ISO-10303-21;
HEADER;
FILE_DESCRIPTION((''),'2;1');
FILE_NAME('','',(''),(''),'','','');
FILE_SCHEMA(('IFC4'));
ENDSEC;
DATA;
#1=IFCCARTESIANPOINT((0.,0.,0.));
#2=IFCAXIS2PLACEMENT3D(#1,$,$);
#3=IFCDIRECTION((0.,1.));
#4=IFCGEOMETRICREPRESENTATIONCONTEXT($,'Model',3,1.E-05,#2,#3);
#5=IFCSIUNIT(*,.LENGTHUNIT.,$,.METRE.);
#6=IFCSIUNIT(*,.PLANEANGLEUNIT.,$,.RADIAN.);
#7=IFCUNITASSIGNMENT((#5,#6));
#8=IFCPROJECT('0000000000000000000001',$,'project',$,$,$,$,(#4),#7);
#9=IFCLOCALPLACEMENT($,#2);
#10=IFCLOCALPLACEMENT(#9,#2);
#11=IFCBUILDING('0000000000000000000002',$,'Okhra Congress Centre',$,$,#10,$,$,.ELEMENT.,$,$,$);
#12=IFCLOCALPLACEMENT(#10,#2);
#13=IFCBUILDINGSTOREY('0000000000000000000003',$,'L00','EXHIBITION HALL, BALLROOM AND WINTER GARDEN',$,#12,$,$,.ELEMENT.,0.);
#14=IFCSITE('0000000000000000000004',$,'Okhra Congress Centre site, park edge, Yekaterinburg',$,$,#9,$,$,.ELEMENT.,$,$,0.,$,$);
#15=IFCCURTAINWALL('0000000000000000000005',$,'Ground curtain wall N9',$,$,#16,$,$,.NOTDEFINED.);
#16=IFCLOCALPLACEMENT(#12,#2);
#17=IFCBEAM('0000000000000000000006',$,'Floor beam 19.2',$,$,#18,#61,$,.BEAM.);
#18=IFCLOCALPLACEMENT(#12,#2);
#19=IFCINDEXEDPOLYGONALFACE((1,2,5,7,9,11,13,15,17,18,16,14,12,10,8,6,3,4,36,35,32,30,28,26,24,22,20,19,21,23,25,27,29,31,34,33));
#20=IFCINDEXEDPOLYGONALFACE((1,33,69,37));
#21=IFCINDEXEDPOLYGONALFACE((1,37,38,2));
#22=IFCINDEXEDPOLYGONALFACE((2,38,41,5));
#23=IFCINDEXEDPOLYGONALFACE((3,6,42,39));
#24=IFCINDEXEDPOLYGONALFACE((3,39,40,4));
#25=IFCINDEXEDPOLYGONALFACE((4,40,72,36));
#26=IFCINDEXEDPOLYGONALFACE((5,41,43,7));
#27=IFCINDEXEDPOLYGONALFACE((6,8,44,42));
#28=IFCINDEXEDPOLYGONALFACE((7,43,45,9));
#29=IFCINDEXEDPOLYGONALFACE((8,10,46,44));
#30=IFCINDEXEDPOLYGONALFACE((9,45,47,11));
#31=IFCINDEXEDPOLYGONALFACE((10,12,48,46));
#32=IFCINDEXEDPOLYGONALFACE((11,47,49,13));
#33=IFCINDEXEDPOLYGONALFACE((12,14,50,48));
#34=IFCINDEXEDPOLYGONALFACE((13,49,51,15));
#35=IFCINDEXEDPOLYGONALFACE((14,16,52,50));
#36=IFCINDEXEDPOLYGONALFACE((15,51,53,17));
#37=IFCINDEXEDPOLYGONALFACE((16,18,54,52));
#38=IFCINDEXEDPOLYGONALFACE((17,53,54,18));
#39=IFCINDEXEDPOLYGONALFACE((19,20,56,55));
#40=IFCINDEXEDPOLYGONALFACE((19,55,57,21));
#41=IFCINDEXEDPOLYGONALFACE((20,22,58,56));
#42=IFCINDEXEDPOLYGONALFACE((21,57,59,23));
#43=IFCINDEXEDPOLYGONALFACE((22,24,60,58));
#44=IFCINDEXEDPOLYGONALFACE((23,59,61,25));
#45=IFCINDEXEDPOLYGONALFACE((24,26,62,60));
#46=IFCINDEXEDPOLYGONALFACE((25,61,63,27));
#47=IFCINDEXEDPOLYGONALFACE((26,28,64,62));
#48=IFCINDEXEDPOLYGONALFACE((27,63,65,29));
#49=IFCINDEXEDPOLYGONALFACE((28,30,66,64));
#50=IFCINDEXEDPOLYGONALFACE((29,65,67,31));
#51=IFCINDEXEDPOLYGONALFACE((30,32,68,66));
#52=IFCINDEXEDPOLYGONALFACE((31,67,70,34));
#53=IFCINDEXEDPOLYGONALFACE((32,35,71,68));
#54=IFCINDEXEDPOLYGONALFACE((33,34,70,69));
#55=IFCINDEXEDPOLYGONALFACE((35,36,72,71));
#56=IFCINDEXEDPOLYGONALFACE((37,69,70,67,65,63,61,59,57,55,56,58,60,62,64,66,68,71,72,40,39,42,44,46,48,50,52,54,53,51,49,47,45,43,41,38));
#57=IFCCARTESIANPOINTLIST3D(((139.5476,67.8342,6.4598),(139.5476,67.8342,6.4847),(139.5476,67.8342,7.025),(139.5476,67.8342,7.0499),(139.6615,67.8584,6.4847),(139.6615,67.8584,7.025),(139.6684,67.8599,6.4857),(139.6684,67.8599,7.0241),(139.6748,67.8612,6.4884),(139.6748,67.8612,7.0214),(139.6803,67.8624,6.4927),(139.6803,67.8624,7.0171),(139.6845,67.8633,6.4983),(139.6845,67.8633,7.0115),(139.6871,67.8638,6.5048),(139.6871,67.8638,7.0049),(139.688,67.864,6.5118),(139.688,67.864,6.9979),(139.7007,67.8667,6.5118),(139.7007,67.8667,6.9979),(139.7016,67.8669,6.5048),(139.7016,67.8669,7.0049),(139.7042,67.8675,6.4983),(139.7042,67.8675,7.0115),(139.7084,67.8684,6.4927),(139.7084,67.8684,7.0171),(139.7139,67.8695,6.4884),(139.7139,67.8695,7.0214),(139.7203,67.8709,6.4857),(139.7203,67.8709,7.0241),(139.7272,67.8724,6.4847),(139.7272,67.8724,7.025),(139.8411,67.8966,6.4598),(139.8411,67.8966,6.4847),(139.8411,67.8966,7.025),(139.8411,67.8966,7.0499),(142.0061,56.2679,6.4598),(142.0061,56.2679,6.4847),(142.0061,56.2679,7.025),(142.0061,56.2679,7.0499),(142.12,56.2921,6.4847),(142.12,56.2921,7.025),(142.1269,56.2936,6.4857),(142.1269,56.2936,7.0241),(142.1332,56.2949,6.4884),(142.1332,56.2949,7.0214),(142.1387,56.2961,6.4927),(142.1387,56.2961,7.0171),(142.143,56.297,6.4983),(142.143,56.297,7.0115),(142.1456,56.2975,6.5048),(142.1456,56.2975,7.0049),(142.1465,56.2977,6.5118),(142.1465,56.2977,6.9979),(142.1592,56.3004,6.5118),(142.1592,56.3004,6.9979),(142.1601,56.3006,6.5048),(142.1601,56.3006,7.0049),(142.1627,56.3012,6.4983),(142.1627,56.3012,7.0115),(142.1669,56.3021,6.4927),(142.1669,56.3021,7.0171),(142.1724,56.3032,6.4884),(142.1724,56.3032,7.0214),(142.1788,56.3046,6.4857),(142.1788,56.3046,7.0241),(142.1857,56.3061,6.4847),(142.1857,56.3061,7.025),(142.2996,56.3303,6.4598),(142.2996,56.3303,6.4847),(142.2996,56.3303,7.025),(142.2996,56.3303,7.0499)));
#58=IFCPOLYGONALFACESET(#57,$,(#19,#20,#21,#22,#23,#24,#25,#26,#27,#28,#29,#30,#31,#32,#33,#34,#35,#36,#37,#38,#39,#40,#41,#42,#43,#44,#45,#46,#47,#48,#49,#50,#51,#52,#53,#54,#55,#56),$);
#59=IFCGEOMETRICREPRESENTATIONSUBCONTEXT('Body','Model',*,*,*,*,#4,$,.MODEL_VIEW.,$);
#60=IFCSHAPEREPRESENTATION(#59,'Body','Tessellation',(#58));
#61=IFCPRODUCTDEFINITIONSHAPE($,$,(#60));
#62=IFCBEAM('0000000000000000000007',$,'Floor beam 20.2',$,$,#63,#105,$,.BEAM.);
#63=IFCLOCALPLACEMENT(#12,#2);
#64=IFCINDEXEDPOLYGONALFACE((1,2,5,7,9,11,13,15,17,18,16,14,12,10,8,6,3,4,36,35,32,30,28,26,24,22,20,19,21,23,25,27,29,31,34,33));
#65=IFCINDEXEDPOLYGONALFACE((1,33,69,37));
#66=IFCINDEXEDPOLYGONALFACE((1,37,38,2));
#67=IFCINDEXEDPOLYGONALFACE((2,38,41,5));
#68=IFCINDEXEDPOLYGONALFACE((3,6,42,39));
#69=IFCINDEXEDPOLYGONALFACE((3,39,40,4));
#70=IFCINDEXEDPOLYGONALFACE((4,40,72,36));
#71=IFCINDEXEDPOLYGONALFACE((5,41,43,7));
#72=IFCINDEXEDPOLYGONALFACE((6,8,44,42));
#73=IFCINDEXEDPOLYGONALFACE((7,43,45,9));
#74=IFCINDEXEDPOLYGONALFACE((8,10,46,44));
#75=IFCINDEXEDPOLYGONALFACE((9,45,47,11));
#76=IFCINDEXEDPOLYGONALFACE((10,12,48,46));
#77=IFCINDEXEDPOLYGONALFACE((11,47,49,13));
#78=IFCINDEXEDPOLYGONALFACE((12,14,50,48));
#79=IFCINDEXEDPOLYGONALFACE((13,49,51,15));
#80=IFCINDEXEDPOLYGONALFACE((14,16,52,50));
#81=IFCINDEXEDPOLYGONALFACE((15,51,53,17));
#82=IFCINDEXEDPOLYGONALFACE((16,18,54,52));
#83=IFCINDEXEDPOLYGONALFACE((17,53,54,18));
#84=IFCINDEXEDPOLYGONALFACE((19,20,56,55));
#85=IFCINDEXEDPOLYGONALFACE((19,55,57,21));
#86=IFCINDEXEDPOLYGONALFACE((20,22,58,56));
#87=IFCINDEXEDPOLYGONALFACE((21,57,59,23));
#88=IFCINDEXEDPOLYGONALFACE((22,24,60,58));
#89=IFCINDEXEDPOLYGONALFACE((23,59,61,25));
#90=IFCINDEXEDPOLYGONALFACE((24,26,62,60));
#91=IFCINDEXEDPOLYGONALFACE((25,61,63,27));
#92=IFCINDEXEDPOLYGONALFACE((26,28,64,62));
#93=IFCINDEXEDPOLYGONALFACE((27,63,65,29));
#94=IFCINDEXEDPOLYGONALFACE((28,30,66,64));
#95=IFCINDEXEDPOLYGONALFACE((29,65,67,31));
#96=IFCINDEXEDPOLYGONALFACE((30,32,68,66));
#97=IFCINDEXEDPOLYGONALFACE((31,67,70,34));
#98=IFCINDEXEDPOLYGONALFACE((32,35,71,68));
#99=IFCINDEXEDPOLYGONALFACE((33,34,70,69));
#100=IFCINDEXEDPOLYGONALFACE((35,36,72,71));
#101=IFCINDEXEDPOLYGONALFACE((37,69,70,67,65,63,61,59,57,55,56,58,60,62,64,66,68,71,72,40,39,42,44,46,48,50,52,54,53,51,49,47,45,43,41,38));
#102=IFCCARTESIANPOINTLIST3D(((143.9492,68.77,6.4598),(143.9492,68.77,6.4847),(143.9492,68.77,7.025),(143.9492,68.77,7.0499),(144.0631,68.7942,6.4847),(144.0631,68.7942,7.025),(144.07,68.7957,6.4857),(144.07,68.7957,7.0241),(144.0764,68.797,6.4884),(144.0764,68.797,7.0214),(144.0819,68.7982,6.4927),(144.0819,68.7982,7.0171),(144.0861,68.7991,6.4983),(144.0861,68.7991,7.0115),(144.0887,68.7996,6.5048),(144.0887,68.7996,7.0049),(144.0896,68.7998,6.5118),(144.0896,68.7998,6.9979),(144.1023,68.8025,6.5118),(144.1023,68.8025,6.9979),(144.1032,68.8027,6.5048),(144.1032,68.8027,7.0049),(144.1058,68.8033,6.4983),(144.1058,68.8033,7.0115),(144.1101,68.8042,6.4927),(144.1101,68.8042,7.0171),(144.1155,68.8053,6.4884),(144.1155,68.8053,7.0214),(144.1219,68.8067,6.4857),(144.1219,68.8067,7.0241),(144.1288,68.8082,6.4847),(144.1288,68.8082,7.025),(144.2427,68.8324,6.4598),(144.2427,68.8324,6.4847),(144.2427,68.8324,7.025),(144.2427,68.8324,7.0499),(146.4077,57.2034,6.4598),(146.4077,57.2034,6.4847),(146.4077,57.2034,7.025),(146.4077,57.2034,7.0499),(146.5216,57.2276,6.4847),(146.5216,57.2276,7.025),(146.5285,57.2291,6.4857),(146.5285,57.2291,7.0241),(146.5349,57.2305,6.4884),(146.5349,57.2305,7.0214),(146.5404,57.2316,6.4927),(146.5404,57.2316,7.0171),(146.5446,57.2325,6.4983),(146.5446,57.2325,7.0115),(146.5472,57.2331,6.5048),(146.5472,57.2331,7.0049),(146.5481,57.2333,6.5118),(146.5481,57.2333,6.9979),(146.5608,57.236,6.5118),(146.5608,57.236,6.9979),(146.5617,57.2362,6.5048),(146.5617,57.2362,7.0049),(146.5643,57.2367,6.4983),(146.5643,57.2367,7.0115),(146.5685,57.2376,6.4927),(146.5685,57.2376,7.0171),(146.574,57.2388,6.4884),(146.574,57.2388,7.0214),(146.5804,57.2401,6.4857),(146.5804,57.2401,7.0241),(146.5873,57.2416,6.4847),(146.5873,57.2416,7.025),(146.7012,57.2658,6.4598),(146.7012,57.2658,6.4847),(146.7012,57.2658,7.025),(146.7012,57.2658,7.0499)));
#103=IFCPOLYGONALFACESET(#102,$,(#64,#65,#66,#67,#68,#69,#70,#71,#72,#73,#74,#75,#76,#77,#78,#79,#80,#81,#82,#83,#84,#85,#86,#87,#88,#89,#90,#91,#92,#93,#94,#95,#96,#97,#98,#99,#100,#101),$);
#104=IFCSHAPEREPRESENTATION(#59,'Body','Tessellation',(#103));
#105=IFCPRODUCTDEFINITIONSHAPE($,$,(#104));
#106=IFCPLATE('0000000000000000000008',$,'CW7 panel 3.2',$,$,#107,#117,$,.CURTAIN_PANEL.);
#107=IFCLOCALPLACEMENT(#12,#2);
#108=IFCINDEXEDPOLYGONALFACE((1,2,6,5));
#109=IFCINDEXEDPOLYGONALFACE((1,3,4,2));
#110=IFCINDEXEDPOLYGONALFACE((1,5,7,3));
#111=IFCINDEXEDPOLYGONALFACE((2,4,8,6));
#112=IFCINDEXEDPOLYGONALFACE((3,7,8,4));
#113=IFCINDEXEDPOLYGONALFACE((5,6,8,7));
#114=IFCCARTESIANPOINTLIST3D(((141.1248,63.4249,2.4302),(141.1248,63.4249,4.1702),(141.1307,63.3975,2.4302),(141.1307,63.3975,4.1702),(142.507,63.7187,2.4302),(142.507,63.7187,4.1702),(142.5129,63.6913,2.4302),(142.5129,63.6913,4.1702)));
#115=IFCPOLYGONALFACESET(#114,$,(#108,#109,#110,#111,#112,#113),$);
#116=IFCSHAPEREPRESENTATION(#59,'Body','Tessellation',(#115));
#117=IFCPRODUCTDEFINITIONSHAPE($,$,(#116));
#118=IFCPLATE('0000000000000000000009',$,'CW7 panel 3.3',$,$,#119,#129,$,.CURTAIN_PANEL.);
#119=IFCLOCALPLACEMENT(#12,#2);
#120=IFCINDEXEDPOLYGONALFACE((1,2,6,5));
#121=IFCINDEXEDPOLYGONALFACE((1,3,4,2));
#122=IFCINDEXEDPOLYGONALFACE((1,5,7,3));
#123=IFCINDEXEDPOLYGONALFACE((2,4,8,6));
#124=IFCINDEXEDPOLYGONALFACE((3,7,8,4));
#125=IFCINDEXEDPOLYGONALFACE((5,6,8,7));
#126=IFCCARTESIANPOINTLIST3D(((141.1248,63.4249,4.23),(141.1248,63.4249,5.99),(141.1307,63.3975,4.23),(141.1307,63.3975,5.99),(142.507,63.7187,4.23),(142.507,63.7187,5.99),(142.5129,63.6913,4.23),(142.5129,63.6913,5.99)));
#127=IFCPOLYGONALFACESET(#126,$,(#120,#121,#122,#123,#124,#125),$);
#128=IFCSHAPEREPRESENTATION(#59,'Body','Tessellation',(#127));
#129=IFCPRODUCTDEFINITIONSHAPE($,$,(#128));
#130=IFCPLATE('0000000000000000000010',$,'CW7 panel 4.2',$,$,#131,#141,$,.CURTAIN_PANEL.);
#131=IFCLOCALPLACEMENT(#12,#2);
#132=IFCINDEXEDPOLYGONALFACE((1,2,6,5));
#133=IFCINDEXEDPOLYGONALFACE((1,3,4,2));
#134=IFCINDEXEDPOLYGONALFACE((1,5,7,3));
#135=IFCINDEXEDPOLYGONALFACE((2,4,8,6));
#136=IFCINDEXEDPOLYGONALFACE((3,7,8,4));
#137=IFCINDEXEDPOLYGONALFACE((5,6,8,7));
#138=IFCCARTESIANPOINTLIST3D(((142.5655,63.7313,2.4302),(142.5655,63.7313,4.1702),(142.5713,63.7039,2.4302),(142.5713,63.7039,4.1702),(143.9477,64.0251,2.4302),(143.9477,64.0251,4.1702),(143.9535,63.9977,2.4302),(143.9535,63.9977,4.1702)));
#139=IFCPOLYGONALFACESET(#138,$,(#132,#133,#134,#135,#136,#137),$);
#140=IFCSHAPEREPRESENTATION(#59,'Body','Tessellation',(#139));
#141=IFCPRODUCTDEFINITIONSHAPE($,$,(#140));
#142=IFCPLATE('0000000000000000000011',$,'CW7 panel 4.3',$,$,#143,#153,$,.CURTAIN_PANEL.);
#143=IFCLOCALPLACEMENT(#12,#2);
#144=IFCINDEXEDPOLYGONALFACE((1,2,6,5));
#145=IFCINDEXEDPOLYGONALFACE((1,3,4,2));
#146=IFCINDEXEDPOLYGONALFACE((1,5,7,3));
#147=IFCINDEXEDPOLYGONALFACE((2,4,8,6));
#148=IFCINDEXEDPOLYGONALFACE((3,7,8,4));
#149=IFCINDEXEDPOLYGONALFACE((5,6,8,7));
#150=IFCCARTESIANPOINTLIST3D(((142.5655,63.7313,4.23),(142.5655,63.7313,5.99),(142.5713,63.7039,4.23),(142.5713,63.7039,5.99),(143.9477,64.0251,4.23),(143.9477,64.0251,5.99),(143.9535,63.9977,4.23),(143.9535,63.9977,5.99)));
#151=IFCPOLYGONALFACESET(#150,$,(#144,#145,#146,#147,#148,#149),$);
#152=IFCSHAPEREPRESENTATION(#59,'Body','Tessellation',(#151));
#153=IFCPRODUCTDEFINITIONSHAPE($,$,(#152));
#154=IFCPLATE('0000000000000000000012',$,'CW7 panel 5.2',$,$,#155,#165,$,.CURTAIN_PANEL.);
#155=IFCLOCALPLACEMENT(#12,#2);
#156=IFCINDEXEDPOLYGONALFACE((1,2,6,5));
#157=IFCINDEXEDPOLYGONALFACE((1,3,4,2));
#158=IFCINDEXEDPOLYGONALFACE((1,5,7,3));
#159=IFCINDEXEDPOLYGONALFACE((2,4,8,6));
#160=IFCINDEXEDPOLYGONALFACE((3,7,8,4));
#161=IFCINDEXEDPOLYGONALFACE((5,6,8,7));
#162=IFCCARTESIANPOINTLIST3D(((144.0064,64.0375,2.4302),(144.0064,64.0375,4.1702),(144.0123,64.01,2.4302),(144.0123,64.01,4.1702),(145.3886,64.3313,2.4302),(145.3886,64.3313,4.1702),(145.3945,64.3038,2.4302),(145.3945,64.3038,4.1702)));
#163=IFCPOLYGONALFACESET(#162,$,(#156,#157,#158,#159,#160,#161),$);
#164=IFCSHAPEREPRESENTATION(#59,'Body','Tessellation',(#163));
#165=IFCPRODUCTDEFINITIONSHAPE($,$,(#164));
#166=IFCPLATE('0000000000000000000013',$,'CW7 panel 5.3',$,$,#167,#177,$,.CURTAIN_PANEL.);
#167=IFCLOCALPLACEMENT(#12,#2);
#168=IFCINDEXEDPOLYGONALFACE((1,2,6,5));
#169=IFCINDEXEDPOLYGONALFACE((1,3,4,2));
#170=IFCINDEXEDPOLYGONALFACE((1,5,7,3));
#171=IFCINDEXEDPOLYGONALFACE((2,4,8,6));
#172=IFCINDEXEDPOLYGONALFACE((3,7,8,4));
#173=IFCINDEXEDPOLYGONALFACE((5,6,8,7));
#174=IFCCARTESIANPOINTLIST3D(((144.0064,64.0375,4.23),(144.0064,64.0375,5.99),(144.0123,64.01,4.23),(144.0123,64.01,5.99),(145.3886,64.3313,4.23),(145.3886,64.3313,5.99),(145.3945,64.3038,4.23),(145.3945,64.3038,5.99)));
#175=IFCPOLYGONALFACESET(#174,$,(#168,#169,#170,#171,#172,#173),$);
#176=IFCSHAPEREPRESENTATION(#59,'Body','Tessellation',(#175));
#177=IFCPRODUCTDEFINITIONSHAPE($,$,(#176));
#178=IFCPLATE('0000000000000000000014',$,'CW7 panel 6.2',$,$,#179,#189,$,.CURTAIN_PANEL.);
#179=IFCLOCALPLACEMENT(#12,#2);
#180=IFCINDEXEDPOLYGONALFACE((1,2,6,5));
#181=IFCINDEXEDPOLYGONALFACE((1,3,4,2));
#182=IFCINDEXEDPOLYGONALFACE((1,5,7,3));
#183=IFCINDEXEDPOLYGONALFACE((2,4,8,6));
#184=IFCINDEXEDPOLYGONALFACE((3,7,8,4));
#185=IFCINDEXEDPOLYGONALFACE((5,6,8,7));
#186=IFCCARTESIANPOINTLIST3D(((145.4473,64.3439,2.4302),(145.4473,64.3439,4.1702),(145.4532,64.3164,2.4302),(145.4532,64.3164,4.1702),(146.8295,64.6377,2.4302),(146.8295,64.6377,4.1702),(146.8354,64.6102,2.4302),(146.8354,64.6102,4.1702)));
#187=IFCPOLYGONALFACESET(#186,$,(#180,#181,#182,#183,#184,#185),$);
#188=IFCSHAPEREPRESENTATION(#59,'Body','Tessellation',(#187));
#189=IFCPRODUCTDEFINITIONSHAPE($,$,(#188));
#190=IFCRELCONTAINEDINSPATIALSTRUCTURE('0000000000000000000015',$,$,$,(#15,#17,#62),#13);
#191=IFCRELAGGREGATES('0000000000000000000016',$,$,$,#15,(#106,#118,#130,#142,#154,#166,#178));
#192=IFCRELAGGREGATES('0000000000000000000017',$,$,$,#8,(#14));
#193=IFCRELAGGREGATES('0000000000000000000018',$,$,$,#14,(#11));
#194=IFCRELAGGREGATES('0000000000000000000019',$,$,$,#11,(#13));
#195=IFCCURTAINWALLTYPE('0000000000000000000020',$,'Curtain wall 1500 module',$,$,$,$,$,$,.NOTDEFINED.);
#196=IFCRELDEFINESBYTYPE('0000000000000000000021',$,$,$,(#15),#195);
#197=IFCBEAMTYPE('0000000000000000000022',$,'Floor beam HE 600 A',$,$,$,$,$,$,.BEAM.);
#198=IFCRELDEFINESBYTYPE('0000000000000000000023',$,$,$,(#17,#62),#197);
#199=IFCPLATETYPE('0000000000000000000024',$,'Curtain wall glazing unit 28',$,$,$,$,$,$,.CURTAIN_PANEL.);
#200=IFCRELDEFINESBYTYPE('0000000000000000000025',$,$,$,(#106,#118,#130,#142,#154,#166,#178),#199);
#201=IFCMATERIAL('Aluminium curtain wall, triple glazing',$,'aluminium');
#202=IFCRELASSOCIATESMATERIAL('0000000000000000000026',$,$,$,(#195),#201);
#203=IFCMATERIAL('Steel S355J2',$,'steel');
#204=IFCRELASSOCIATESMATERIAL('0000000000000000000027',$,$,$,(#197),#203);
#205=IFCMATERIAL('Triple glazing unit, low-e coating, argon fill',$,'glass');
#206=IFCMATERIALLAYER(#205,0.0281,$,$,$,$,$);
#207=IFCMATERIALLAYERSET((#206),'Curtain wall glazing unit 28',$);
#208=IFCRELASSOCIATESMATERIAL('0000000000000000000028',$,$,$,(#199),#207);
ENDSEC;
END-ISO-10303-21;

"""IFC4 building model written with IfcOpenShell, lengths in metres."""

from ifc_helpers import new_model, si_unit, direction, frame, origin, origin_2d, place, context, subcontext, project, spatial, rectangle, i_section, extrude, material, layer, layer_set, material_profile, profile_set, type_object, element, aggregate, save


model = new_model("IFC4")

# Units and contexts
model_context = context("Model", 3, precision=1e-05, world=origin(), true_north=direction((0.0, 1.0)))
body_context = subcontext(model_context, "Body", "Model", "MODEL_VIEW")
ifc_project = project(units=[si_unit("LENGTHUNIT", "METRE"), si_unit("PLANEANGLEUNIT", "RADIAN")], contexts=[model_context])

# Site, building, storey
site_placement = place(None, origin())
site = spatial("IfcSite", under=ifc_project, at=site_placement, Name="Okhra Congress Centre site, park edge, Yekaterinburg", CompositionType="ELEMENT", RefElevation=0.0)
building_placement = place(site_placement, origin())
building = spatial("IfcBuilding", under=site, at=building_placement, Name="Okhra Congress Centre", CompositionType="ELEMENT")
storey_placement = place(building_placement, origin())
storey = spatial("IfcBuildingStorey", under=building, at=storey_placement, Name="L00", Description="EXHIBITION HALL, BALLROOM AND WINTER GARDEN", CompositionType="ELEMENT", Elevation=0.0)

# Curtain wall
ifc_material_1 = material(Name="Aluminium curtain wall, triple glazing", Category="aluminium")
curtain_wall_type = type_object("IfcCurtainWallType", Name="Curtain wall 1500 module", PredefinedType="NOTDEFINED", material=ifc_material_1)
curtain_wall_placement = place(storey_placement, origin())
curtain_wall = element("IfcCurtainWall", 1, at=curtain_wall_placement, inside=storey, type_object=curtain_wall_type, Name="Ground curtain wall N9", PredefinedType="NOTDEFINED")

# Beams
ifc_material_2 = material(Name="Steel S355J2", Category="steel")
ifc_material_profile_1 = material_profile(ifc_material_2, i_section(OverallWidth=0.3, OverallDepth=0.5901, WebThickness=0.0129, FlangeThickness=0.0249, FilletRadius=0.0271, at=origin_2d()), Name="HE 600 A")
ifc_profile_set_1 = profile_set([ifc_material_profile_1], Name="Steel S355J2")
beam_type = type_object("IfcBeamType", Name="Floor beam HE 600 A", PredefinedType="BEAM", material=ifc_profile_set_1)
beam_1_placement = place(storey_placement, frame((142.1528, 56.2991, 6.7549), z_axis=(-0.20791, 0.978148, 0.0), x_axis=(-0.978148, -0.20791, 0.0)))
element("IfcBeam", 2, at=beam_1_placement, inside=storey, type_object=beam_type, Name="Floor beam 19.2", PredefinedType="BEAM", context=body_context, shape_type="SweptSolid", body=[
    extrude(i_section(OverallWidth=0.3, OverallDepth=0.5901, WebThickness=0.0129, FlangeThickness=0.0249, FilletRadius=0.0271, at=origin_2d()), origin(), (0.0, 0.0, 1.0), 11.8247),
])
beam_2_placement = place(storey_placement, frame((146.5544, 57.2346, 6.7549), z_axis=(-0.207906, 0.978149, 0.0), x_axis=(-0.978149, -0.207906, 0.0)))
element("IfcBeam", 3, at=beam_2_placement, inside=storey, type_object=beam_type, Name="Floor beam 20.2", PredefinedType="BEAM", context=body_context, shape_type="SweptSolid", body=[
    extrude(i_section(OverallWidth=0.3, OverallDepth=0.5901, WebThickness=0.0129, FlangeThickness=0.0249, FilletRadius=0.0271, at=origin_2d()), origin(), (0.0, 0.0, 1.0), 11.825),
])

# Plates
ifc_material_3 = material(Name="Triple glazing unit, low-e coating, argon fill", Category="glass")
ifc_layer_1 = layer(ifc_material_3, 0.0281)
ifc_layer_set_1 = layer_set([ifc_layer_1], Name="Curtain wall glazing unit 28")
plate_type = type_object("IfcPlateType", Name="Curtain wall glazing unit 28", PredefinedType="CURTAIN_PANEL", material=ifc_layer_set_1)
plate_1_placement = place(storey_placement, frame((141.8188, 63.5581, 2.4302), z_axis=(0.0, 0.0, 1.0), x_axis=(0.978148, 0.207912, 0.0)))
plate_1 = element("IfcPlate", 4, at=plate_1_placement, type_object=plate_type, Name="CW7 panel 3.2", PredefinedType="CURTAIN_PANEL", context=body_context, shape_type="SweptSolid", body=[
    extrude(rectangle(XDim=1.4131, YDim=0.0281, at=origin_2d()), origin(), (0.0, 0.0, 1.0), 1.74),
])
plate_2_placement = place(storey_placement, frame((141.8188, 63.5581, 4.23), z_axis=(0.0, 0.0, 1.0), x_axis=(0.978148, 0.207912, 0.0)))
plate_2 = element("IfcPlate", 5, at=plate_2_placement, type_object=plate_type, Name="CW7 panel 3.3", PredefinedType="CURTAIN_PANEL", context=body_context, shape_type="SweptSolid", body=[
    extrude(rectangle(XDim=1.4131, YDim=0.0281, at=origin_2d()), origin(), (0.0, 0.0, 1.0), 1.76),
])
plate_3_placement = place(storey_placement, frame((143.2595, 63.8645, 2.4302), z_axis=(0.0, 0.0, 1.0), x_axis=(0.978148, 0.207912, 0.0)))
plate_3 = element("IfcPlate", 6, at=plate_3_placement, type_object=plate_type, Name="CW7 panel 4.2", PredefinedType="CURTAIN_PANEL", context=body_context, shape_type="SweptSolid", body=[
    extrude(rectangle(XDim=1.4131, YDim=0.0281, at=origin_2d()), origin(), (0.0, 0.0, 1.0), 1.74),
])
plate_4_placement = place(storey_placement, frame((143.2595, 63.8645, 4.23), z_axis=(0.0, 0.0, 1.0), x_axis=(0.978148, 0.207912, 0.0)))
plate_4 = element("IfcPlate", 7, at=plate_4_placement, type_object=plate_type, Name="CW7 panel 4.3", PredefinedType="CURTAIN_PANEL", context=body_context, shape_type="SweptSolid", body=[
    extrude(rectangle(XDim=1.4131, YDim=0.0281, at=origin_2d()), origin(), (0.0, 0.0, 1.0), 1.76),
])
plate_5_placement = place(storey_placement, frame((144.7004, 64.1707, 2.4302), z_axis=(0.0, 0.0, 1.0), x_axis=(0.978148, 0.207912, 0.0)))
plate_5 = element("IfcPlate", 8, at=plate_5_placement, type_object=plate_type, Name="CW7 panel 5.2", PredefinedType="CURTAIN_PANEL", context=body_context, shape_type="SweptSolid", body=[
    extrude(rectangle(XDim=1.4131, YDim=0.0281, at=origin_2d()), origin(), (0.0, 0.0, 1.0), 1.74),
])
plate_6_placement = place(storey_placement, frame((144.7004, 64.1707, 4.23), z_axis=(0.0, 0.0, 1.0), x_axis=(0.978148, 0.207912, 0.0)))
plate_6 = element("IfcPlate", 9, at=plate_6_placement, type_object=plate_type, Name="CW7 panel 5.3", PredefinedType="CURTAIN_PANEL", context=body_context, shape_type="SweptSolid", body=[
    extrude(rectangle(XDim=1.4131, YDim=0.0281, at=origin_2d()), origin(), (0.0, 0.0, 1.0), 1.76),
])
plate_7_placement = place(storey_placement, frame((146.1414, 64.4771, 2.4302), z_axis=(0.0, 0.0, 1.0), x_axis=(0.978148, 0.207912, 0.0)))
plate_7 = element("IfcPlate", 10, at=plate_7_placement, type_object=plate_type, Name="CW7 panel 6.2", PredefinedType="CURTAIN_PANEL", context=body_context, shape_type="SweptSolid", body=[
    extrude(rectangle(XDim=1.4131, YDim=0.0281, at=origin_2d()), origin(), (0.0, 0.0, 1.0), 1.74),
])
aggregate(curtain_wall, [plate_1, plate_2, plate_3, plate_4, plate_5, plate_6, plate_7])

save(model, "model.ifc")
